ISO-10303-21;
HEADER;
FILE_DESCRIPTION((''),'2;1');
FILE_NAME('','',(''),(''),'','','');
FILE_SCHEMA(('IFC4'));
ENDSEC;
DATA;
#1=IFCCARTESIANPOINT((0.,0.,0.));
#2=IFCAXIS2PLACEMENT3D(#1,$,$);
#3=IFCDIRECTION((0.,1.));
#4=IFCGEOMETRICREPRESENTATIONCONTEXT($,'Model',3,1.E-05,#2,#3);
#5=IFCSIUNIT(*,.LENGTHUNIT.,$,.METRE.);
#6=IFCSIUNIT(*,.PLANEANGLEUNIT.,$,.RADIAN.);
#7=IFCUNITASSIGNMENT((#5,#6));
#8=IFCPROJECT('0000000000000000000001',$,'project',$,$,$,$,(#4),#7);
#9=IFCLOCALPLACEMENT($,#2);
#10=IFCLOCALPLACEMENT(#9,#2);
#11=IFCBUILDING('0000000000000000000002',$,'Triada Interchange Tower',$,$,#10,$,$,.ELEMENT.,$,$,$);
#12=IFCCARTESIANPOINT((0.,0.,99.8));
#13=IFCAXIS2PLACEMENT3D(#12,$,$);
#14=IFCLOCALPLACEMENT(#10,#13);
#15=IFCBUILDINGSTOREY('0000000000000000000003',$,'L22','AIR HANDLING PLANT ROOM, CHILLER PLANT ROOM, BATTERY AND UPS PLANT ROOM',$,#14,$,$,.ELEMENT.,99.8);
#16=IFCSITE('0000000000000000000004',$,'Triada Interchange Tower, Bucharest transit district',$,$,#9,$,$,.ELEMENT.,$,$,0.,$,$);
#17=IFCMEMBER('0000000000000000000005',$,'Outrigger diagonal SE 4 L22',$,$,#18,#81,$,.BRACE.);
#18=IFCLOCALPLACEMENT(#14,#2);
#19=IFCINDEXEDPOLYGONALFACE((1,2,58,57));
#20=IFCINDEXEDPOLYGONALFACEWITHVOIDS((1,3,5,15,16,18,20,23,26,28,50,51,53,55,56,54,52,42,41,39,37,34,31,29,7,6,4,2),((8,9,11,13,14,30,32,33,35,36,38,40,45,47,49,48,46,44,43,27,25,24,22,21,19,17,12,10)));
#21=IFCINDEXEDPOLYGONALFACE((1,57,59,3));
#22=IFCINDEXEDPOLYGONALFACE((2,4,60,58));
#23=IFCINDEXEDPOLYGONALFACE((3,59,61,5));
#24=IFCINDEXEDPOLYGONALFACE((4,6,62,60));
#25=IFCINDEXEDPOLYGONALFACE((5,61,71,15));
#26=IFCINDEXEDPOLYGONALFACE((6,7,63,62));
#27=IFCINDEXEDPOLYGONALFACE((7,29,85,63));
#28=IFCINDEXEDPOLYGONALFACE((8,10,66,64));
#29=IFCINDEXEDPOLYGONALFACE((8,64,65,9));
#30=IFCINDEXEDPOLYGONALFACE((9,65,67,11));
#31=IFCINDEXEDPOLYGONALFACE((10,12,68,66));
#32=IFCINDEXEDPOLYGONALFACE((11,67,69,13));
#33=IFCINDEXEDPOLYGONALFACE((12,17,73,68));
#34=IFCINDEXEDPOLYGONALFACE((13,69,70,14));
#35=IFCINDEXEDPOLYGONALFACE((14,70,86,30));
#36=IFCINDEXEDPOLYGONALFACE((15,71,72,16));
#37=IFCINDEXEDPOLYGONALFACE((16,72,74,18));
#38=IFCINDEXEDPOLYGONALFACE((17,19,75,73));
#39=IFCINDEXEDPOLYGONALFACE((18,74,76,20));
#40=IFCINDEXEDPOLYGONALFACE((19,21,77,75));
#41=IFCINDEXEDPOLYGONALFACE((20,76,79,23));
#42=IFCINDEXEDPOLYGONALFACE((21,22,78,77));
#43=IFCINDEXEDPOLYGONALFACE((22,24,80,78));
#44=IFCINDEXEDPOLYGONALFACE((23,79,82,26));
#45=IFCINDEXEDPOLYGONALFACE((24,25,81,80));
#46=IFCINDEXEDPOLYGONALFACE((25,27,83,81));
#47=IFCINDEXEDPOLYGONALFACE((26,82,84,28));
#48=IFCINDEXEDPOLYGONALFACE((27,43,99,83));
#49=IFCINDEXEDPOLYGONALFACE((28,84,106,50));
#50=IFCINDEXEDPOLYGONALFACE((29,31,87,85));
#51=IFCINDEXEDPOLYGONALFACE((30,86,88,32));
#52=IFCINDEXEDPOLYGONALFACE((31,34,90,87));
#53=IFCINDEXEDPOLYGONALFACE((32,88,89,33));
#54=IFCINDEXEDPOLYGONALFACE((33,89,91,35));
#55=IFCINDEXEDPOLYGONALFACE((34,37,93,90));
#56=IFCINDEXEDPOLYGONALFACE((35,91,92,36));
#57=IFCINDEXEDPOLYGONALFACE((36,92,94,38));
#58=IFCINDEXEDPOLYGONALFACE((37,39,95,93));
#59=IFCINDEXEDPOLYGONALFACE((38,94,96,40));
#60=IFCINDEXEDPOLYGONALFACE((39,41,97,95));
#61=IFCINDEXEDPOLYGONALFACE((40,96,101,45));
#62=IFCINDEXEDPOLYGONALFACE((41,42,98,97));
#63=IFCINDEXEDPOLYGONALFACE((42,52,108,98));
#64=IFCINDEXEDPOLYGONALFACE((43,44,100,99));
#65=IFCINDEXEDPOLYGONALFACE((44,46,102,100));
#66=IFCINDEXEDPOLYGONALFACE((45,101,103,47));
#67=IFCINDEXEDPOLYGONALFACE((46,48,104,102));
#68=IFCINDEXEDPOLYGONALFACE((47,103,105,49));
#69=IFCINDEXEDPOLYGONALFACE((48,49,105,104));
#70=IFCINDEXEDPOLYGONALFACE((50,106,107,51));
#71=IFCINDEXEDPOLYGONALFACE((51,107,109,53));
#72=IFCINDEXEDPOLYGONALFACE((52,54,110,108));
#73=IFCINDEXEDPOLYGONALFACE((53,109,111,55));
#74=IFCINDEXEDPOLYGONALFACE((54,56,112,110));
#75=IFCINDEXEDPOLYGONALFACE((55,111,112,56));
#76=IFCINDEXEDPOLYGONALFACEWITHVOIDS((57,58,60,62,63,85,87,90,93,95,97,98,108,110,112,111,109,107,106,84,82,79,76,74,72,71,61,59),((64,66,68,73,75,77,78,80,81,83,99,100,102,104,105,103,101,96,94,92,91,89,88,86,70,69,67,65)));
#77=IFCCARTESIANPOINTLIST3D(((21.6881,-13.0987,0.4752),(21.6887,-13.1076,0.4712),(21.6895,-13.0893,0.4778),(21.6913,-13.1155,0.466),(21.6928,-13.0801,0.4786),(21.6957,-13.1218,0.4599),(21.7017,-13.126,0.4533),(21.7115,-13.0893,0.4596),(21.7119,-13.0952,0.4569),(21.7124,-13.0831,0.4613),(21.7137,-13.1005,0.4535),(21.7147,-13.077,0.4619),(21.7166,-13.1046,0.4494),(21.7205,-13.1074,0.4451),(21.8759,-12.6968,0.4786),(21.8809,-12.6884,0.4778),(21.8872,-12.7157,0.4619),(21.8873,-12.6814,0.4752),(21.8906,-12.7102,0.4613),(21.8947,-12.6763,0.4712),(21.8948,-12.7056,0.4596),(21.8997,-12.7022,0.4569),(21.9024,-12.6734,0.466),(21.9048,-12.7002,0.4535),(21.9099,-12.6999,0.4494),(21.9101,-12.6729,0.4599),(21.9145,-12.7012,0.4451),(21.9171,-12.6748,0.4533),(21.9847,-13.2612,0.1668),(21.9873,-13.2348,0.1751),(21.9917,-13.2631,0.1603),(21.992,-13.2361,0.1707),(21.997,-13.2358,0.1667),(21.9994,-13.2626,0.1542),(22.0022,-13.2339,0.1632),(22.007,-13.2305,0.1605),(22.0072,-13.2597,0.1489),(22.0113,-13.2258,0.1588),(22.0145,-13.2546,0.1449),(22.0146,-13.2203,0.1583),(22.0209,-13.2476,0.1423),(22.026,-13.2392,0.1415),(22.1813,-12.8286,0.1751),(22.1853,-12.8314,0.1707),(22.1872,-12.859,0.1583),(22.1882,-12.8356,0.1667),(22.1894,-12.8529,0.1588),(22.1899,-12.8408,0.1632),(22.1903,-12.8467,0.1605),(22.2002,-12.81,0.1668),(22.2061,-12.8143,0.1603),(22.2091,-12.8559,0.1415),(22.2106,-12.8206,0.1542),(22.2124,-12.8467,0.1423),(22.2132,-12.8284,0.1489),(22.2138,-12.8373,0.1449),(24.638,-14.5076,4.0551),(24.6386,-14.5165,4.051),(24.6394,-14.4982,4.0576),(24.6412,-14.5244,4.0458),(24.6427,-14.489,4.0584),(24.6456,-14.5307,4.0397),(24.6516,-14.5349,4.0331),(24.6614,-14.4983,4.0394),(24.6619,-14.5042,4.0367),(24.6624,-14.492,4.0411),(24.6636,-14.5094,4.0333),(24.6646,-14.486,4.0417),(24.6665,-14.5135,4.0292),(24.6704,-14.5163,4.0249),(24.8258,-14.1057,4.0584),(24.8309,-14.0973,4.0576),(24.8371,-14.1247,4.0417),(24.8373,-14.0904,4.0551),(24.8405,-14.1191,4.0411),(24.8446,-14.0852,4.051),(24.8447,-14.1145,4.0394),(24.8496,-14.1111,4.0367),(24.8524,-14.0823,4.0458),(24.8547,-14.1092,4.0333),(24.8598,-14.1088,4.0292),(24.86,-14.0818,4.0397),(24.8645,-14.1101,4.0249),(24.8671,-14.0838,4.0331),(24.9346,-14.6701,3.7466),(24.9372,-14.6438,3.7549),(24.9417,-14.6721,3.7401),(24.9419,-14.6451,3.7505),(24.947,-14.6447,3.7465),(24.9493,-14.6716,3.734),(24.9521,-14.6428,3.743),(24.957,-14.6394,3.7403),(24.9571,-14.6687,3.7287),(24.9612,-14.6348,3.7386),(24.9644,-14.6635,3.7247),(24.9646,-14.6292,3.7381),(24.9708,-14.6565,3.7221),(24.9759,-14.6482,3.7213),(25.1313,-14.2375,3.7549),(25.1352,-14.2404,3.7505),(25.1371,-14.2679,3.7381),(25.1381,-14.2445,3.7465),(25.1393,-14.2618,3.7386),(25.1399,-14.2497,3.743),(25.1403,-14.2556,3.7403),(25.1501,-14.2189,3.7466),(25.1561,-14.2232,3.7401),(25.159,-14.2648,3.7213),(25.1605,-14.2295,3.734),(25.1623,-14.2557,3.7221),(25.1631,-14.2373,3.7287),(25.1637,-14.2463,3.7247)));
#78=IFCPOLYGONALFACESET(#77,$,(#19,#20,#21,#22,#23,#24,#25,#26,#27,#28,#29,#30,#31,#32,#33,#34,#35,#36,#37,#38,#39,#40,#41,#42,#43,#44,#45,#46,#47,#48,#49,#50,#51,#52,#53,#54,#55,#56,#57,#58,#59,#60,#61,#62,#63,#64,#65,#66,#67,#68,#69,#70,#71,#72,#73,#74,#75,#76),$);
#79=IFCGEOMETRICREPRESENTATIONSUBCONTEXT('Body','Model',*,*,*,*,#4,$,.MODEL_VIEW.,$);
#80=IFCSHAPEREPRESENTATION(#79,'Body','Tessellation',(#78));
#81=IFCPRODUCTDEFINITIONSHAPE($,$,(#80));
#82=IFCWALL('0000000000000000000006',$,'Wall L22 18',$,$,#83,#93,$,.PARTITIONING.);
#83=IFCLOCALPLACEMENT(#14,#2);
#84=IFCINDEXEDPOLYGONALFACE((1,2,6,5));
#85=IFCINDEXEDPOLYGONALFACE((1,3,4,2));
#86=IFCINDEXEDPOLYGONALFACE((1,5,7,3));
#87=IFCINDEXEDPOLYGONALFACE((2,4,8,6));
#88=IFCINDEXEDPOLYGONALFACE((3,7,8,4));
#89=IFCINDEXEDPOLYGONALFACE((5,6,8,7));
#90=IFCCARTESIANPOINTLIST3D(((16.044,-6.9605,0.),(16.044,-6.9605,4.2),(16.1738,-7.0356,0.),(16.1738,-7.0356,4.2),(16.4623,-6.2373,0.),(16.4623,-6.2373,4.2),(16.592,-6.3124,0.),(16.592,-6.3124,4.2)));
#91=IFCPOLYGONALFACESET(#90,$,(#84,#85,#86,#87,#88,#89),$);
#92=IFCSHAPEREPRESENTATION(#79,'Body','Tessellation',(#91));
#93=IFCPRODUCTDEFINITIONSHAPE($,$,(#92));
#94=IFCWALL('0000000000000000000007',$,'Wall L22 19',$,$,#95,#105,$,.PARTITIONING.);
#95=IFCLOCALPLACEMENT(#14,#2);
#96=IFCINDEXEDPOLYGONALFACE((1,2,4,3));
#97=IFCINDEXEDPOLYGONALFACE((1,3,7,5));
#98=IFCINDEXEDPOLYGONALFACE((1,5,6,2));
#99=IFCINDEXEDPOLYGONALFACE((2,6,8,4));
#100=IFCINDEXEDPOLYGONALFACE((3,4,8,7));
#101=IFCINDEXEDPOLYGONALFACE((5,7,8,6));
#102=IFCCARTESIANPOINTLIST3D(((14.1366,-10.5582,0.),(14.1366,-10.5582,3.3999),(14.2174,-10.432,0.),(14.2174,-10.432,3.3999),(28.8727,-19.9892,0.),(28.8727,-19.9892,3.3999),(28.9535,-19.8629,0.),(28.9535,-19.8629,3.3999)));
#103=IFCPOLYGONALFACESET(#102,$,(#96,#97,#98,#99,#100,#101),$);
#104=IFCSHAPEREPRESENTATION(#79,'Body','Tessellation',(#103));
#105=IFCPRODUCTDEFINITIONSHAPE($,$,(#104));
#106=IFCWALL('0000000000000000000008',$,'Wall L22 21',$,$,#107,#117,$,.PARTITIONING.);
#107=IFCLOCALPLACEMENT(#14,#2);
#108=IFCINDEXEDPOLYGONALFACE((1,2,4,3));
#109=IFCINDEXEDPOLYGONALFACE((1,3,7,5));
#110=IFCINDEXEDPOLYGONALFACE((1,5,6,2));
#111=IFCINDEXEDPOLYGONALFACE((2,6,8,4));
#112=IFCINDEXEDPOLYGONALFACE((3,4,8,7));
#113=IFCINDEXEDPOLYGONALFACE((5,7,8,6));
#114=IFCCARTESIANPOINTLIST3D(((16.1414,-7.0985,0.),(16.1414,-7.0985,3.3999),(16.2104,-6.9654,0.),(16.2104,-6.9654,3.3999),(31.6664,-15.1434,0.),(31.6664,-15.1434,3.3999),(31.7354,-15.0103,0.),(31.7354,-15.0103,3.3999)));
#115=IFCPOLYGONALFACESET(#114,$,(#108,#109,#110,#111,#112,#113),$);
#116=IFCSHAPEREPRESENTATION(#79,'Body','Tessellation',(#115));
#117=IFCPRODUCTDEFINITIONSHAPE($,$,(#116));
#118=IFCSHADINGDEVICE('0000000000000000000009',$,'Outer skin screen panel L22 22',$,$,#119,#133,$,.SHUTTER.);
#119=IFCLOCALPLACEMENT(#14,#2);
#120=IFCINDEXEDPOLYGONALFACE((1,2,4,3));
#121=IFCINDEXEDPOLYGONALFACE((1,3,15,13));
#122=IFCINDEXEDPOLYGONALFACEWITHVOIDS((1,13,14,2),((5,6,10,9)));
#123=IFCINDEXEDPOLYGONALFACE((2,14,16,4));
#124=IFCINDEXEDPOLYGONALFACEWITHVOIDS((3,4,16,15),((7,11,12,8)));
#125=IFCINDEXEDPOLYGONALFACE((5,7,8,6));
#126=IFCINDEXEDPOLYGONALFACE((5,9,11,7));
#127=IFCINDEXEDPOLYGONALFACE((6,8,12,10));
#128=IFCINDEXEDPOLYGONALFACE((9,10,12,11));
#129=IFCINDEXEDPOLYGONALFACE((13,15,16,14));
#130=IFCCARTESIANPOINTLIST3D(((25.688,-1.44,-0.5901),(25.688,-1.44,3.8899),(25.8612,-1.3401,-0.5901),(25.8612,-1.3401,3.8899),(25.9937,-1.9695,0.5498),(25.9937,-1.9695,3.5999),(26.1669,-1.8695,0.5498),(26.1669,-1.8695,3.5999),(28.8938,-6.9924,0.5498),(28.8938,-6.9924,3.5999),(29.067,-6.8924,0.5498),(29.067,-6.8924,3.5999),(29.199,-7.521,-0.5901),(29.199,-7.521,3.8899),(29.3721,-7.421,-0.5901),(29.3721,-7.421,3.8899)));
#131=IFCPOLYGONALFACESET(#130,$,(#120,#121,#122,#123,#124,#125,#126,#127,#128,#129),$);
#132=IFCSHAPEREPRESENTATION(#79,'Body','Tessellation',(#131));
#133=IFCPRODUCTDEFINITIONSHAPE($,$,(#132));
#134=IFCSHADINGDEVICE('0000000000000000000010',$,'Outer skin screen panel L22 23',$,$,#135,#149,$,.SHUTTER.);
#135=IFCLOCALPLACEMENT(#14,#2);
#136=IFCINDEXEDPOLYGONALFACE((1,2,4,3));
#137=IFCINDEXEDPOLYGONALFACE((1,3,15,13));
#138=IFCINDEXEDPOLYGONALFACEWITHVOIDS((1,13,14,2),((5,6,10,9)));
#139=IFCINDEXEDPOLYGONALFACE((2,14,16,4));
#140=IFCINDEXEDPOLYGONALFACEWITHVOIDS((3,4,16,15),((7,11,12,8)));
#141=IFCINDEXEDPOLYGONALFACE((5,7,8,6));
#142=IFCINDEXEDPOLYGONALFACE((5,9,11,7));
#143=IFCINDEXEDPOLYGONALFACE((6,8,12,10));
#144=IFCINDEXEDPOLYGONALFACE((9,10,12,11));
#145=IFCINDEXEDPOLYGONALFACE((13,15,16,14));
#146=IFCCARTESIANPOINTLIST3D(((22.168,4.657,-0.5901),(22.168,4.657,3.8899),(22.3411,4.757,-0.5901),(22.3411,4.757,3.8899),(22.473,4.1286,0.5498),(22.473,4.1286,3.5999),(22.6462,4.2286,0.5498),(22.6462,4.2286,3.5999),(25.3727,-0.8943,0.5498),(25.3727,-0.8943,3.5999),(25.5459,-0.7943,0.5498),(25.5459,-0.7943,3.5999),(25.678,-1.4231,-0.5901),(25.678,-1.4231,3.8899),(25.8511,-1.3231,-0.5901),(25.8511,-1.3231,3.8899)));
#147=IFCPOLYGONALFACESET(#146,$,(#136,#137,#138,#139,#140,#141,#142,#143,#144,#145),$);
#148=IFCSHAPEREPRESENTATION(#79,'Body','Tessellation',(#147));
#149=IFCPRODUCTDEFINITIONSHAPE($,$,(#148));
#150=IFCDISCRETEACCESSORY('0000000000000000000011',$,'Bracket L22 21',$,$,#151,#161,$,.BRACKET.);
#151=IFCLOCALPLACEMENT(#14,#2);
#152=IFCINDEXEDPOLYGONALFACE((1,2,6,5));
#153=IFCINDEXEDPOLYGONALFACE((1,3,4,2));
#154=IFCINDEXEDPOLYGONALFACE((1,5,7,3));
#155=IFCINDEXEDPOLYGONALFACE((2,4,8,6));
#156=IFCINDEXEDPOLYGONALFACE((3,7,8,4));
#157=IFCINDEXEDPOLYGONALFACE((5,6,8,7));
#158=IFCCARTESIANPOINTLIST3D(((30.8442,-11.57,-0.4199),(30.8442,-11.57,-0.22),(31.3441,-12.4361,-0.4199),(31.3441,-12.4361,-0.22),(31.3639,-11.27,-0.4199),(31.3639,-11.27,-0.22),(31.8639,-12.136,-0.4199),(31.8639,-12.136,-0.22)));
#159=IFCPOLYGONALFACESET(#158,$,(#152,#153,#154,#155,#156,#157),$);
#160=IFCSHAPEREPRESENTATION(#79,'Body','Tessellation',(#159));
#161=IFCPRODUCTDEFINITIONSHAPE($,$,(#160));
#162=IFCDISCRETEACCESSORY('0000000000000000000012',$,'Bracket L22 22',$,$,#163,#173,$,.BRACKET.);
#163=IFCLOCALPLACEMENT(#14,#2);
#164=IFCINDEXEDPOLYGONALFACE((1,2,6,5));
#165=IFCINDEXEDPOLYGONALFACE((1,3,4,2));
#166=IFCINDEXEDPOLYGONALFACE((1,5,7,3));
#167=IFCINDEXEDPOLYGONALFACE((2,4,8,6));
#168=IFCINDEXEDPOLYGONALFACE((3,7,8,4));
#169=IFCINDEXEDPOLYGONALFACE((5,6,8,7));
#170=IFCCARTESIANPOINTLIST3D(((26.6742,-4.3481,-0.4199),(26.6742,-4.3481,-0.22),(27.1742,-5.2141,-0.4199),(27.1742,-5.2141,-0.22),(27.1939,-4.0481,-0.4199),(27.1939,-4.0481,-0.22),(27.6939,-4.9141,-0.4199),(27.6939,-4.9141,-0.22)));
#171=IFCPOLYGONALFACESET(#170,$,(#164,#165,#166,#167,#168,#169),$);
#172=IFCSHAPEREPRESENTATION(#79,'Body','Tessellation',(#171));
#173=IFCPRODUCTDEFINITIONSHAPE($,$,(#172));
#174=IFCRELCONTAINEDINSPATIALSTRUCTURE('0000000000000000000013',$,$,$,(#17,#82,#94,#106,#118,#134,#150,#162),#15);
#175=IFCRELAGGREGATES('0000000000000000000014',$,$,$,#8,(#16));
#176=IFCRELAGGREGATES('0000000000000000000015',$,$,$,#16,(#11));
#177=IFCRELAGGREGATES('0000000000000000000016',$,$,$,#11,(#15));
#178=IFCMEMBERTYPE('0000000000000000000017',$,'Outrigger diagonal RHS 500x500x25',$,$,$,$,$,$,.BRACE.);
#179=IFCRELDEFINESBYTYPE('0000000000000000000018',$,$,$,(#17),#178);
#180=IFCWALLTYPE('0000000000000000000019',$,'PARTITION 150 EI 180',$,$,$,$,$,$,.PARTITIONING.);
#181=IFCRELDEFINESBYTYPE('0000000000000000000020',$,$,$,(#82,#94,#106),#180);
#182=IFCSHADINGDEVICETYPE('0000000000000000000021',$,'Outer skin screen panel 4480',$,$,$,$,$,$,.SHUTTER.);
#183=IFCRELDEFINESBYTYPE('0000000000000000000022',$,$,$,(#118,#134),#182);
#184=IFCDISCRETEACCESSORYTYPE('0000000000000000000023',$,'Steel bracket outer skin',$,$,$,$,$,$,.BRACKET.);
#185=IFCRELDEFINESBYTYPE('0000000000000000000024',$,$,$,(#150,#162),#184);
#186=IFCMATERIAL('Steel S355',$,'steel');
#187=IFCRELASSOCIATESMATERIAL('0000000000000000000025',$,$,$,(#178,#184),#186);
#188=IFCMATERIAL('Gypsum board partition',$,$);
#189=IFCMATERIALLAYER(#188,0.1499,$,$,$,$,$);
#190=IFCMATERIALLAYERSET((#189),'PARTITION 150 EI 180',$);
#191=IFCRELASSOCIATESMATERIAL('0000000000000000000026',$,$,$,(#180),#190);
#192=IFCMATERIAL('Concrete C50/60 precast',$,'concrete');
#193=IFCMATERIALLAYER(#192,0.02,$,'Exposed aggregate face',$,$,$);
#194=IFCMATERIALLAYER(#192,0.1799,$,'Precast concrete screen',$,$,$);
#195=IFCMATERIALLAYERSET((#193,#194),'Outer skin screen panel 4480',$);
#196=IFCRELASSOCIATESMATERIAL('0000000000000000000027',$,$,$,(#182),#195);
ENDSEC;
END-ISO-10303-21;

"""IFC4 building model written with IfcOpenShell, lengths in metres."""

from ifc_helpers import new_model, si_unit, direction, frame, frame_2d, origin, origin_2d, place, context, subcontext, project, spatial, polyline, rectangle, hollow_rectangle, outline, extrude, material, layer, layer_set, material_profile, profile_set, type_object, element, save


model = new_model("IFC4")

# Units and contexts
model_context = context("Model", 3, precision=1e-05, world=origin(), true_north=direction((0.0, 1.0)))
body_context = subcontext(model_context, "Body", "Model", "MODEL_VIEW")
ifc_project = project(units=[si_unit("LENGTHUNIT", "METRE"), si_unit("PLANEANGLEUNIT", "RADIAN")], contexts=[model_context])

# Site, building, storey
site_placement = place(None, origin())
site = spatial("IfcSite", under=ifc_project, at=site_placement, Name="Triada Interchange Tower, Bucharest transit district", CompositionType="ELEMENT", RefElevation=0.0)
building_placement = place(site_placement, origin())
building = spatial("IfcBuilding", under=site, at=building_placement, Name="Triada Interchange Tower", CompositionType="ELEMENT")
storey_placement = place(building_placement, frame((0.0, 0.0, 99.8)))
storey = spatial("IfcBuildingStorey", under=building, at=storey_placement, Name="L22", Description="AIR HANDLING PLANT ROOM, CHILLER PLANT ROOM, BATTERY AND UPS PLANT ROOM", CompositionType="ELEMENT", Elevation=99.8)

# Member
ifc_material_1 = material(Name="Steel S355", Category="steel")
ifc_material_profile_1 = material_profile(ifc_material_1, hollow_rectangle(XDim=0.5, YDim=0.5, WallThickness=0.0249, InnerFilletRadius=0.0249, OuterFilletRadius=0.0376, at=origin_2d()), Name="RHS 500x500x25")
ifc_profile_set_1 = profile_set([ifc_material_profile_1], Name="Steel S355")
member_type_1 = type_object("IfcMemberType", Name="Outrigger diagonal RHS 500x500x25", PredefinedType="BRACE", material=ifc_profile_set_1)
member_1_placement = place(storey_placement, frame((21.9509, -12.968, 0.3101), z_axis=(0.608496, -0.290626, 0.738424), x_axis=(0.43098, 0.902362, 0.0)))
element("IfcMember", 1, at=member_1_placement, inside=storey, type_object=member_type_1, Name="Outrigger diagonal SE 4 L22", PredefinedType="BRACE", context=body_context, shape_type="SweptSolid", body=[
    extrude(hollow_rectangle(XDim=0.5, YDim=0.5, WallThickness=0.0249, InnerFilletRadius=0.0249, OuterFilletRadius=0.0376, at=origin_2d()), origin(), (0.0, 0.0, 1.0), 4.8479),
])

# Walls
ifc_material_2 = material(Name="Gypsum board partition")
ifc_layer_1 = layer(ifc_material_2, 0.1499)
ifc_layer_set_1 = layer_set([ifc_layer_1], Name="PARTITION 150 EI 180")
wall_type = type_object("IfcWallType", Name="PARTITION 150 EI 180", PredefinedType="PARTITIONING", material=ifc_layer_set_1)
wall_1_placement = place(storey_placement, frame((16.1089, -6.998, 0.0), z_axis=(0.0, 0.0, 1.0), x_axis=(0.500633, 0.86566, 0.0)))
element("IfcWall", 2, at=wall_1_placement, inside=storey, type_object=wall_type, Name="Wall L22 18", PredefinedType="PARTITIONING", context=body_context, shape_type="SweptSolid", body=[
    extrude(rectangle(XDim=0.8354, YDim=0.1499, at=frame_2d((0.4177, 0.0))), origin(), (0.0, 0.0, 1.0), 4.2),
])
wall_2_placement = place(storey_placement, frame((14.177, -10.4951, 0.0), z_axis=(0.0, 0.0, 1.0), x_axis=(0.842276, -0.539046, 0.0)))
element("IfcWall", 3, at=wall_2_placement, inside=storey, type_object=wall_type, Name="Wall L22 19", PredefinedType="PARTITIONING", context=body_context, shape_type="SweptSolid", body=[
    extrude(rectangle(XDim=17.4956, YDim=0.1499, at=frame_2d((8.7478, 0.0))), origin(), (0.0, 0.0, 1.0), 3.3999),
])
wall_3_placement = place(storey_placement, frame((16.176, -7.032, 0.0), z_axis=(0.0, 0.0, 1.0), x_axis=(0.887872, -0.460091, 0.0)))
element("IfcWall", 4, at=wall_3_placement, inside=storey, type_object=wall_type, Name="Wall L22 21", PredefinedType="PARTITIONING", context=body_context, shape_type="SweptSolid", body=[
    extrude(rectangle(XDim=17.4856, YDim=0.1499, at=frame_2d((8.7427, 0.0))), origin(), (0.0, 0.0, 1.0), 3.3999),
])

# Shading devices
ifc_material_3 = material(Name="Concrete C50/60 precast", Category="concrete")
ifc_layer_2 = layer(ifc_material_3, 0.02, Name="Exposed aggregate face")
ifc_layer_3 = layer(ifc_material_3, 0.1799, Name="Precast concrete screen")
ifc_layer_set_2 = layer_set([ifc_layer_2, ifc_layer_3], Name="Outer skin screen panel 4480")
shading_device_type = type_object("IfcShadingDeviceType", Name="Outer skin screen panel 4480", PredefinedType="SHUTTER", material=ifc_layer_set_2)
shading_device_1_placement = place(storey_placement, frame((29.199, -7.521, -0.5901), z_axis=(0.0, 0.0, 1.0), x_axis=(-0.500009, 0.86602, 0.0)))
element("IfcShadingDevice", 5, at=shading_device_1_placement, inside=storey, type_object=shading_device_type, Name="Outer skin screen panel L22 22", PredefinedType="SHUTTER", context=body_context, shape_type="SweptSolid", body=[
    extrude(outline(polyline([(0.0, 0.0), (7.0217, 0.0), (7.0217, 4.48), (0.0, 4.48), (0.0, 0.0)]), holes=[polyline([(0.6104, 1.1399), (0.6104, 4.1899), (6.4104, 4.1899), (6.4104, 1.1399), (0.6104, 1.1399)])]), frame((0.0, 0.0, 0.0), z_axis=(0.0, -1.0, 0.0), x_axis=(1.0, 0.0, 0.0)), (0.0, 0.0, 1.0), 0.2),
])
shading_device_2_placement = place(storey_placement, frame((25.678, -1.4231, -0.5901), z_axis=(0.0, 0.0, 1.0), x_axis=(-0.499965, 0.866045, 0.0)))
element("IfcShadingDevice", 6, at=shading_device_2_placement, inside=storey, type_object=shading_device_type, Name="Outer skin screen panel L22 23", PredefinedType="SHUTTER", context=body_context, shape_type="SweptSolid", body=[
    extrude(outline(polyline([(0.0, 0.0), (7.0205, 0.0), (7.0205, 4.48), (0.0, 4.48), (0.0, 0.0)]), holes=[polyline([(0.6106, 1.1399), (0.6106, 4.1899), (6.4104, 4.1899), (6.4104, 1.1399), (0.6106, 1.1399)])]), frame((0.0, 0.0, 0.0), z_axis=(0.0, -1.0, 0.0), x_axis=(1.0, 0.0, 0.0)), (0.0, 0.0, 1.0), 0.2),
])

# Discrete accessories
discrete_accessory_type = type_object("IfcDiscreteAccessoryType", Name="Steel bracket outer skin", PredefinedType="BRACKET", material=ifc_material_1)
for number, where, z_axis, x_axis, name in (
    (7, (31.354, -11.853, -0.4199), (0.0, 0.0, 1.0), (0.86603, 0.499993, 0.0), "Bracket L22 21"),
    (8, (27.1841, -4.6311, -0.4199), (0.0, 0.0, 1.0), (0.86603, 0.499993, 0.0), "Bracket L22 22"),
):
    element("IfcDiscreteAccessory", number, at=place(storey_placement, frame(where, z_axis=z_axis, x_axis=x_axis)), inside=storey, type_object=discrete_accessory_type, Name=name, PredefinedType="BRACKET", context=body_context, shape_type="SweptSolid", body=[
        extrude(rectangle(XDim=0.6001, YDim=1.0, at=origin_2d()), origin(), (0.0, 0.0, 1.0), 0.2),
    ])

save(model, "model.ifc")
